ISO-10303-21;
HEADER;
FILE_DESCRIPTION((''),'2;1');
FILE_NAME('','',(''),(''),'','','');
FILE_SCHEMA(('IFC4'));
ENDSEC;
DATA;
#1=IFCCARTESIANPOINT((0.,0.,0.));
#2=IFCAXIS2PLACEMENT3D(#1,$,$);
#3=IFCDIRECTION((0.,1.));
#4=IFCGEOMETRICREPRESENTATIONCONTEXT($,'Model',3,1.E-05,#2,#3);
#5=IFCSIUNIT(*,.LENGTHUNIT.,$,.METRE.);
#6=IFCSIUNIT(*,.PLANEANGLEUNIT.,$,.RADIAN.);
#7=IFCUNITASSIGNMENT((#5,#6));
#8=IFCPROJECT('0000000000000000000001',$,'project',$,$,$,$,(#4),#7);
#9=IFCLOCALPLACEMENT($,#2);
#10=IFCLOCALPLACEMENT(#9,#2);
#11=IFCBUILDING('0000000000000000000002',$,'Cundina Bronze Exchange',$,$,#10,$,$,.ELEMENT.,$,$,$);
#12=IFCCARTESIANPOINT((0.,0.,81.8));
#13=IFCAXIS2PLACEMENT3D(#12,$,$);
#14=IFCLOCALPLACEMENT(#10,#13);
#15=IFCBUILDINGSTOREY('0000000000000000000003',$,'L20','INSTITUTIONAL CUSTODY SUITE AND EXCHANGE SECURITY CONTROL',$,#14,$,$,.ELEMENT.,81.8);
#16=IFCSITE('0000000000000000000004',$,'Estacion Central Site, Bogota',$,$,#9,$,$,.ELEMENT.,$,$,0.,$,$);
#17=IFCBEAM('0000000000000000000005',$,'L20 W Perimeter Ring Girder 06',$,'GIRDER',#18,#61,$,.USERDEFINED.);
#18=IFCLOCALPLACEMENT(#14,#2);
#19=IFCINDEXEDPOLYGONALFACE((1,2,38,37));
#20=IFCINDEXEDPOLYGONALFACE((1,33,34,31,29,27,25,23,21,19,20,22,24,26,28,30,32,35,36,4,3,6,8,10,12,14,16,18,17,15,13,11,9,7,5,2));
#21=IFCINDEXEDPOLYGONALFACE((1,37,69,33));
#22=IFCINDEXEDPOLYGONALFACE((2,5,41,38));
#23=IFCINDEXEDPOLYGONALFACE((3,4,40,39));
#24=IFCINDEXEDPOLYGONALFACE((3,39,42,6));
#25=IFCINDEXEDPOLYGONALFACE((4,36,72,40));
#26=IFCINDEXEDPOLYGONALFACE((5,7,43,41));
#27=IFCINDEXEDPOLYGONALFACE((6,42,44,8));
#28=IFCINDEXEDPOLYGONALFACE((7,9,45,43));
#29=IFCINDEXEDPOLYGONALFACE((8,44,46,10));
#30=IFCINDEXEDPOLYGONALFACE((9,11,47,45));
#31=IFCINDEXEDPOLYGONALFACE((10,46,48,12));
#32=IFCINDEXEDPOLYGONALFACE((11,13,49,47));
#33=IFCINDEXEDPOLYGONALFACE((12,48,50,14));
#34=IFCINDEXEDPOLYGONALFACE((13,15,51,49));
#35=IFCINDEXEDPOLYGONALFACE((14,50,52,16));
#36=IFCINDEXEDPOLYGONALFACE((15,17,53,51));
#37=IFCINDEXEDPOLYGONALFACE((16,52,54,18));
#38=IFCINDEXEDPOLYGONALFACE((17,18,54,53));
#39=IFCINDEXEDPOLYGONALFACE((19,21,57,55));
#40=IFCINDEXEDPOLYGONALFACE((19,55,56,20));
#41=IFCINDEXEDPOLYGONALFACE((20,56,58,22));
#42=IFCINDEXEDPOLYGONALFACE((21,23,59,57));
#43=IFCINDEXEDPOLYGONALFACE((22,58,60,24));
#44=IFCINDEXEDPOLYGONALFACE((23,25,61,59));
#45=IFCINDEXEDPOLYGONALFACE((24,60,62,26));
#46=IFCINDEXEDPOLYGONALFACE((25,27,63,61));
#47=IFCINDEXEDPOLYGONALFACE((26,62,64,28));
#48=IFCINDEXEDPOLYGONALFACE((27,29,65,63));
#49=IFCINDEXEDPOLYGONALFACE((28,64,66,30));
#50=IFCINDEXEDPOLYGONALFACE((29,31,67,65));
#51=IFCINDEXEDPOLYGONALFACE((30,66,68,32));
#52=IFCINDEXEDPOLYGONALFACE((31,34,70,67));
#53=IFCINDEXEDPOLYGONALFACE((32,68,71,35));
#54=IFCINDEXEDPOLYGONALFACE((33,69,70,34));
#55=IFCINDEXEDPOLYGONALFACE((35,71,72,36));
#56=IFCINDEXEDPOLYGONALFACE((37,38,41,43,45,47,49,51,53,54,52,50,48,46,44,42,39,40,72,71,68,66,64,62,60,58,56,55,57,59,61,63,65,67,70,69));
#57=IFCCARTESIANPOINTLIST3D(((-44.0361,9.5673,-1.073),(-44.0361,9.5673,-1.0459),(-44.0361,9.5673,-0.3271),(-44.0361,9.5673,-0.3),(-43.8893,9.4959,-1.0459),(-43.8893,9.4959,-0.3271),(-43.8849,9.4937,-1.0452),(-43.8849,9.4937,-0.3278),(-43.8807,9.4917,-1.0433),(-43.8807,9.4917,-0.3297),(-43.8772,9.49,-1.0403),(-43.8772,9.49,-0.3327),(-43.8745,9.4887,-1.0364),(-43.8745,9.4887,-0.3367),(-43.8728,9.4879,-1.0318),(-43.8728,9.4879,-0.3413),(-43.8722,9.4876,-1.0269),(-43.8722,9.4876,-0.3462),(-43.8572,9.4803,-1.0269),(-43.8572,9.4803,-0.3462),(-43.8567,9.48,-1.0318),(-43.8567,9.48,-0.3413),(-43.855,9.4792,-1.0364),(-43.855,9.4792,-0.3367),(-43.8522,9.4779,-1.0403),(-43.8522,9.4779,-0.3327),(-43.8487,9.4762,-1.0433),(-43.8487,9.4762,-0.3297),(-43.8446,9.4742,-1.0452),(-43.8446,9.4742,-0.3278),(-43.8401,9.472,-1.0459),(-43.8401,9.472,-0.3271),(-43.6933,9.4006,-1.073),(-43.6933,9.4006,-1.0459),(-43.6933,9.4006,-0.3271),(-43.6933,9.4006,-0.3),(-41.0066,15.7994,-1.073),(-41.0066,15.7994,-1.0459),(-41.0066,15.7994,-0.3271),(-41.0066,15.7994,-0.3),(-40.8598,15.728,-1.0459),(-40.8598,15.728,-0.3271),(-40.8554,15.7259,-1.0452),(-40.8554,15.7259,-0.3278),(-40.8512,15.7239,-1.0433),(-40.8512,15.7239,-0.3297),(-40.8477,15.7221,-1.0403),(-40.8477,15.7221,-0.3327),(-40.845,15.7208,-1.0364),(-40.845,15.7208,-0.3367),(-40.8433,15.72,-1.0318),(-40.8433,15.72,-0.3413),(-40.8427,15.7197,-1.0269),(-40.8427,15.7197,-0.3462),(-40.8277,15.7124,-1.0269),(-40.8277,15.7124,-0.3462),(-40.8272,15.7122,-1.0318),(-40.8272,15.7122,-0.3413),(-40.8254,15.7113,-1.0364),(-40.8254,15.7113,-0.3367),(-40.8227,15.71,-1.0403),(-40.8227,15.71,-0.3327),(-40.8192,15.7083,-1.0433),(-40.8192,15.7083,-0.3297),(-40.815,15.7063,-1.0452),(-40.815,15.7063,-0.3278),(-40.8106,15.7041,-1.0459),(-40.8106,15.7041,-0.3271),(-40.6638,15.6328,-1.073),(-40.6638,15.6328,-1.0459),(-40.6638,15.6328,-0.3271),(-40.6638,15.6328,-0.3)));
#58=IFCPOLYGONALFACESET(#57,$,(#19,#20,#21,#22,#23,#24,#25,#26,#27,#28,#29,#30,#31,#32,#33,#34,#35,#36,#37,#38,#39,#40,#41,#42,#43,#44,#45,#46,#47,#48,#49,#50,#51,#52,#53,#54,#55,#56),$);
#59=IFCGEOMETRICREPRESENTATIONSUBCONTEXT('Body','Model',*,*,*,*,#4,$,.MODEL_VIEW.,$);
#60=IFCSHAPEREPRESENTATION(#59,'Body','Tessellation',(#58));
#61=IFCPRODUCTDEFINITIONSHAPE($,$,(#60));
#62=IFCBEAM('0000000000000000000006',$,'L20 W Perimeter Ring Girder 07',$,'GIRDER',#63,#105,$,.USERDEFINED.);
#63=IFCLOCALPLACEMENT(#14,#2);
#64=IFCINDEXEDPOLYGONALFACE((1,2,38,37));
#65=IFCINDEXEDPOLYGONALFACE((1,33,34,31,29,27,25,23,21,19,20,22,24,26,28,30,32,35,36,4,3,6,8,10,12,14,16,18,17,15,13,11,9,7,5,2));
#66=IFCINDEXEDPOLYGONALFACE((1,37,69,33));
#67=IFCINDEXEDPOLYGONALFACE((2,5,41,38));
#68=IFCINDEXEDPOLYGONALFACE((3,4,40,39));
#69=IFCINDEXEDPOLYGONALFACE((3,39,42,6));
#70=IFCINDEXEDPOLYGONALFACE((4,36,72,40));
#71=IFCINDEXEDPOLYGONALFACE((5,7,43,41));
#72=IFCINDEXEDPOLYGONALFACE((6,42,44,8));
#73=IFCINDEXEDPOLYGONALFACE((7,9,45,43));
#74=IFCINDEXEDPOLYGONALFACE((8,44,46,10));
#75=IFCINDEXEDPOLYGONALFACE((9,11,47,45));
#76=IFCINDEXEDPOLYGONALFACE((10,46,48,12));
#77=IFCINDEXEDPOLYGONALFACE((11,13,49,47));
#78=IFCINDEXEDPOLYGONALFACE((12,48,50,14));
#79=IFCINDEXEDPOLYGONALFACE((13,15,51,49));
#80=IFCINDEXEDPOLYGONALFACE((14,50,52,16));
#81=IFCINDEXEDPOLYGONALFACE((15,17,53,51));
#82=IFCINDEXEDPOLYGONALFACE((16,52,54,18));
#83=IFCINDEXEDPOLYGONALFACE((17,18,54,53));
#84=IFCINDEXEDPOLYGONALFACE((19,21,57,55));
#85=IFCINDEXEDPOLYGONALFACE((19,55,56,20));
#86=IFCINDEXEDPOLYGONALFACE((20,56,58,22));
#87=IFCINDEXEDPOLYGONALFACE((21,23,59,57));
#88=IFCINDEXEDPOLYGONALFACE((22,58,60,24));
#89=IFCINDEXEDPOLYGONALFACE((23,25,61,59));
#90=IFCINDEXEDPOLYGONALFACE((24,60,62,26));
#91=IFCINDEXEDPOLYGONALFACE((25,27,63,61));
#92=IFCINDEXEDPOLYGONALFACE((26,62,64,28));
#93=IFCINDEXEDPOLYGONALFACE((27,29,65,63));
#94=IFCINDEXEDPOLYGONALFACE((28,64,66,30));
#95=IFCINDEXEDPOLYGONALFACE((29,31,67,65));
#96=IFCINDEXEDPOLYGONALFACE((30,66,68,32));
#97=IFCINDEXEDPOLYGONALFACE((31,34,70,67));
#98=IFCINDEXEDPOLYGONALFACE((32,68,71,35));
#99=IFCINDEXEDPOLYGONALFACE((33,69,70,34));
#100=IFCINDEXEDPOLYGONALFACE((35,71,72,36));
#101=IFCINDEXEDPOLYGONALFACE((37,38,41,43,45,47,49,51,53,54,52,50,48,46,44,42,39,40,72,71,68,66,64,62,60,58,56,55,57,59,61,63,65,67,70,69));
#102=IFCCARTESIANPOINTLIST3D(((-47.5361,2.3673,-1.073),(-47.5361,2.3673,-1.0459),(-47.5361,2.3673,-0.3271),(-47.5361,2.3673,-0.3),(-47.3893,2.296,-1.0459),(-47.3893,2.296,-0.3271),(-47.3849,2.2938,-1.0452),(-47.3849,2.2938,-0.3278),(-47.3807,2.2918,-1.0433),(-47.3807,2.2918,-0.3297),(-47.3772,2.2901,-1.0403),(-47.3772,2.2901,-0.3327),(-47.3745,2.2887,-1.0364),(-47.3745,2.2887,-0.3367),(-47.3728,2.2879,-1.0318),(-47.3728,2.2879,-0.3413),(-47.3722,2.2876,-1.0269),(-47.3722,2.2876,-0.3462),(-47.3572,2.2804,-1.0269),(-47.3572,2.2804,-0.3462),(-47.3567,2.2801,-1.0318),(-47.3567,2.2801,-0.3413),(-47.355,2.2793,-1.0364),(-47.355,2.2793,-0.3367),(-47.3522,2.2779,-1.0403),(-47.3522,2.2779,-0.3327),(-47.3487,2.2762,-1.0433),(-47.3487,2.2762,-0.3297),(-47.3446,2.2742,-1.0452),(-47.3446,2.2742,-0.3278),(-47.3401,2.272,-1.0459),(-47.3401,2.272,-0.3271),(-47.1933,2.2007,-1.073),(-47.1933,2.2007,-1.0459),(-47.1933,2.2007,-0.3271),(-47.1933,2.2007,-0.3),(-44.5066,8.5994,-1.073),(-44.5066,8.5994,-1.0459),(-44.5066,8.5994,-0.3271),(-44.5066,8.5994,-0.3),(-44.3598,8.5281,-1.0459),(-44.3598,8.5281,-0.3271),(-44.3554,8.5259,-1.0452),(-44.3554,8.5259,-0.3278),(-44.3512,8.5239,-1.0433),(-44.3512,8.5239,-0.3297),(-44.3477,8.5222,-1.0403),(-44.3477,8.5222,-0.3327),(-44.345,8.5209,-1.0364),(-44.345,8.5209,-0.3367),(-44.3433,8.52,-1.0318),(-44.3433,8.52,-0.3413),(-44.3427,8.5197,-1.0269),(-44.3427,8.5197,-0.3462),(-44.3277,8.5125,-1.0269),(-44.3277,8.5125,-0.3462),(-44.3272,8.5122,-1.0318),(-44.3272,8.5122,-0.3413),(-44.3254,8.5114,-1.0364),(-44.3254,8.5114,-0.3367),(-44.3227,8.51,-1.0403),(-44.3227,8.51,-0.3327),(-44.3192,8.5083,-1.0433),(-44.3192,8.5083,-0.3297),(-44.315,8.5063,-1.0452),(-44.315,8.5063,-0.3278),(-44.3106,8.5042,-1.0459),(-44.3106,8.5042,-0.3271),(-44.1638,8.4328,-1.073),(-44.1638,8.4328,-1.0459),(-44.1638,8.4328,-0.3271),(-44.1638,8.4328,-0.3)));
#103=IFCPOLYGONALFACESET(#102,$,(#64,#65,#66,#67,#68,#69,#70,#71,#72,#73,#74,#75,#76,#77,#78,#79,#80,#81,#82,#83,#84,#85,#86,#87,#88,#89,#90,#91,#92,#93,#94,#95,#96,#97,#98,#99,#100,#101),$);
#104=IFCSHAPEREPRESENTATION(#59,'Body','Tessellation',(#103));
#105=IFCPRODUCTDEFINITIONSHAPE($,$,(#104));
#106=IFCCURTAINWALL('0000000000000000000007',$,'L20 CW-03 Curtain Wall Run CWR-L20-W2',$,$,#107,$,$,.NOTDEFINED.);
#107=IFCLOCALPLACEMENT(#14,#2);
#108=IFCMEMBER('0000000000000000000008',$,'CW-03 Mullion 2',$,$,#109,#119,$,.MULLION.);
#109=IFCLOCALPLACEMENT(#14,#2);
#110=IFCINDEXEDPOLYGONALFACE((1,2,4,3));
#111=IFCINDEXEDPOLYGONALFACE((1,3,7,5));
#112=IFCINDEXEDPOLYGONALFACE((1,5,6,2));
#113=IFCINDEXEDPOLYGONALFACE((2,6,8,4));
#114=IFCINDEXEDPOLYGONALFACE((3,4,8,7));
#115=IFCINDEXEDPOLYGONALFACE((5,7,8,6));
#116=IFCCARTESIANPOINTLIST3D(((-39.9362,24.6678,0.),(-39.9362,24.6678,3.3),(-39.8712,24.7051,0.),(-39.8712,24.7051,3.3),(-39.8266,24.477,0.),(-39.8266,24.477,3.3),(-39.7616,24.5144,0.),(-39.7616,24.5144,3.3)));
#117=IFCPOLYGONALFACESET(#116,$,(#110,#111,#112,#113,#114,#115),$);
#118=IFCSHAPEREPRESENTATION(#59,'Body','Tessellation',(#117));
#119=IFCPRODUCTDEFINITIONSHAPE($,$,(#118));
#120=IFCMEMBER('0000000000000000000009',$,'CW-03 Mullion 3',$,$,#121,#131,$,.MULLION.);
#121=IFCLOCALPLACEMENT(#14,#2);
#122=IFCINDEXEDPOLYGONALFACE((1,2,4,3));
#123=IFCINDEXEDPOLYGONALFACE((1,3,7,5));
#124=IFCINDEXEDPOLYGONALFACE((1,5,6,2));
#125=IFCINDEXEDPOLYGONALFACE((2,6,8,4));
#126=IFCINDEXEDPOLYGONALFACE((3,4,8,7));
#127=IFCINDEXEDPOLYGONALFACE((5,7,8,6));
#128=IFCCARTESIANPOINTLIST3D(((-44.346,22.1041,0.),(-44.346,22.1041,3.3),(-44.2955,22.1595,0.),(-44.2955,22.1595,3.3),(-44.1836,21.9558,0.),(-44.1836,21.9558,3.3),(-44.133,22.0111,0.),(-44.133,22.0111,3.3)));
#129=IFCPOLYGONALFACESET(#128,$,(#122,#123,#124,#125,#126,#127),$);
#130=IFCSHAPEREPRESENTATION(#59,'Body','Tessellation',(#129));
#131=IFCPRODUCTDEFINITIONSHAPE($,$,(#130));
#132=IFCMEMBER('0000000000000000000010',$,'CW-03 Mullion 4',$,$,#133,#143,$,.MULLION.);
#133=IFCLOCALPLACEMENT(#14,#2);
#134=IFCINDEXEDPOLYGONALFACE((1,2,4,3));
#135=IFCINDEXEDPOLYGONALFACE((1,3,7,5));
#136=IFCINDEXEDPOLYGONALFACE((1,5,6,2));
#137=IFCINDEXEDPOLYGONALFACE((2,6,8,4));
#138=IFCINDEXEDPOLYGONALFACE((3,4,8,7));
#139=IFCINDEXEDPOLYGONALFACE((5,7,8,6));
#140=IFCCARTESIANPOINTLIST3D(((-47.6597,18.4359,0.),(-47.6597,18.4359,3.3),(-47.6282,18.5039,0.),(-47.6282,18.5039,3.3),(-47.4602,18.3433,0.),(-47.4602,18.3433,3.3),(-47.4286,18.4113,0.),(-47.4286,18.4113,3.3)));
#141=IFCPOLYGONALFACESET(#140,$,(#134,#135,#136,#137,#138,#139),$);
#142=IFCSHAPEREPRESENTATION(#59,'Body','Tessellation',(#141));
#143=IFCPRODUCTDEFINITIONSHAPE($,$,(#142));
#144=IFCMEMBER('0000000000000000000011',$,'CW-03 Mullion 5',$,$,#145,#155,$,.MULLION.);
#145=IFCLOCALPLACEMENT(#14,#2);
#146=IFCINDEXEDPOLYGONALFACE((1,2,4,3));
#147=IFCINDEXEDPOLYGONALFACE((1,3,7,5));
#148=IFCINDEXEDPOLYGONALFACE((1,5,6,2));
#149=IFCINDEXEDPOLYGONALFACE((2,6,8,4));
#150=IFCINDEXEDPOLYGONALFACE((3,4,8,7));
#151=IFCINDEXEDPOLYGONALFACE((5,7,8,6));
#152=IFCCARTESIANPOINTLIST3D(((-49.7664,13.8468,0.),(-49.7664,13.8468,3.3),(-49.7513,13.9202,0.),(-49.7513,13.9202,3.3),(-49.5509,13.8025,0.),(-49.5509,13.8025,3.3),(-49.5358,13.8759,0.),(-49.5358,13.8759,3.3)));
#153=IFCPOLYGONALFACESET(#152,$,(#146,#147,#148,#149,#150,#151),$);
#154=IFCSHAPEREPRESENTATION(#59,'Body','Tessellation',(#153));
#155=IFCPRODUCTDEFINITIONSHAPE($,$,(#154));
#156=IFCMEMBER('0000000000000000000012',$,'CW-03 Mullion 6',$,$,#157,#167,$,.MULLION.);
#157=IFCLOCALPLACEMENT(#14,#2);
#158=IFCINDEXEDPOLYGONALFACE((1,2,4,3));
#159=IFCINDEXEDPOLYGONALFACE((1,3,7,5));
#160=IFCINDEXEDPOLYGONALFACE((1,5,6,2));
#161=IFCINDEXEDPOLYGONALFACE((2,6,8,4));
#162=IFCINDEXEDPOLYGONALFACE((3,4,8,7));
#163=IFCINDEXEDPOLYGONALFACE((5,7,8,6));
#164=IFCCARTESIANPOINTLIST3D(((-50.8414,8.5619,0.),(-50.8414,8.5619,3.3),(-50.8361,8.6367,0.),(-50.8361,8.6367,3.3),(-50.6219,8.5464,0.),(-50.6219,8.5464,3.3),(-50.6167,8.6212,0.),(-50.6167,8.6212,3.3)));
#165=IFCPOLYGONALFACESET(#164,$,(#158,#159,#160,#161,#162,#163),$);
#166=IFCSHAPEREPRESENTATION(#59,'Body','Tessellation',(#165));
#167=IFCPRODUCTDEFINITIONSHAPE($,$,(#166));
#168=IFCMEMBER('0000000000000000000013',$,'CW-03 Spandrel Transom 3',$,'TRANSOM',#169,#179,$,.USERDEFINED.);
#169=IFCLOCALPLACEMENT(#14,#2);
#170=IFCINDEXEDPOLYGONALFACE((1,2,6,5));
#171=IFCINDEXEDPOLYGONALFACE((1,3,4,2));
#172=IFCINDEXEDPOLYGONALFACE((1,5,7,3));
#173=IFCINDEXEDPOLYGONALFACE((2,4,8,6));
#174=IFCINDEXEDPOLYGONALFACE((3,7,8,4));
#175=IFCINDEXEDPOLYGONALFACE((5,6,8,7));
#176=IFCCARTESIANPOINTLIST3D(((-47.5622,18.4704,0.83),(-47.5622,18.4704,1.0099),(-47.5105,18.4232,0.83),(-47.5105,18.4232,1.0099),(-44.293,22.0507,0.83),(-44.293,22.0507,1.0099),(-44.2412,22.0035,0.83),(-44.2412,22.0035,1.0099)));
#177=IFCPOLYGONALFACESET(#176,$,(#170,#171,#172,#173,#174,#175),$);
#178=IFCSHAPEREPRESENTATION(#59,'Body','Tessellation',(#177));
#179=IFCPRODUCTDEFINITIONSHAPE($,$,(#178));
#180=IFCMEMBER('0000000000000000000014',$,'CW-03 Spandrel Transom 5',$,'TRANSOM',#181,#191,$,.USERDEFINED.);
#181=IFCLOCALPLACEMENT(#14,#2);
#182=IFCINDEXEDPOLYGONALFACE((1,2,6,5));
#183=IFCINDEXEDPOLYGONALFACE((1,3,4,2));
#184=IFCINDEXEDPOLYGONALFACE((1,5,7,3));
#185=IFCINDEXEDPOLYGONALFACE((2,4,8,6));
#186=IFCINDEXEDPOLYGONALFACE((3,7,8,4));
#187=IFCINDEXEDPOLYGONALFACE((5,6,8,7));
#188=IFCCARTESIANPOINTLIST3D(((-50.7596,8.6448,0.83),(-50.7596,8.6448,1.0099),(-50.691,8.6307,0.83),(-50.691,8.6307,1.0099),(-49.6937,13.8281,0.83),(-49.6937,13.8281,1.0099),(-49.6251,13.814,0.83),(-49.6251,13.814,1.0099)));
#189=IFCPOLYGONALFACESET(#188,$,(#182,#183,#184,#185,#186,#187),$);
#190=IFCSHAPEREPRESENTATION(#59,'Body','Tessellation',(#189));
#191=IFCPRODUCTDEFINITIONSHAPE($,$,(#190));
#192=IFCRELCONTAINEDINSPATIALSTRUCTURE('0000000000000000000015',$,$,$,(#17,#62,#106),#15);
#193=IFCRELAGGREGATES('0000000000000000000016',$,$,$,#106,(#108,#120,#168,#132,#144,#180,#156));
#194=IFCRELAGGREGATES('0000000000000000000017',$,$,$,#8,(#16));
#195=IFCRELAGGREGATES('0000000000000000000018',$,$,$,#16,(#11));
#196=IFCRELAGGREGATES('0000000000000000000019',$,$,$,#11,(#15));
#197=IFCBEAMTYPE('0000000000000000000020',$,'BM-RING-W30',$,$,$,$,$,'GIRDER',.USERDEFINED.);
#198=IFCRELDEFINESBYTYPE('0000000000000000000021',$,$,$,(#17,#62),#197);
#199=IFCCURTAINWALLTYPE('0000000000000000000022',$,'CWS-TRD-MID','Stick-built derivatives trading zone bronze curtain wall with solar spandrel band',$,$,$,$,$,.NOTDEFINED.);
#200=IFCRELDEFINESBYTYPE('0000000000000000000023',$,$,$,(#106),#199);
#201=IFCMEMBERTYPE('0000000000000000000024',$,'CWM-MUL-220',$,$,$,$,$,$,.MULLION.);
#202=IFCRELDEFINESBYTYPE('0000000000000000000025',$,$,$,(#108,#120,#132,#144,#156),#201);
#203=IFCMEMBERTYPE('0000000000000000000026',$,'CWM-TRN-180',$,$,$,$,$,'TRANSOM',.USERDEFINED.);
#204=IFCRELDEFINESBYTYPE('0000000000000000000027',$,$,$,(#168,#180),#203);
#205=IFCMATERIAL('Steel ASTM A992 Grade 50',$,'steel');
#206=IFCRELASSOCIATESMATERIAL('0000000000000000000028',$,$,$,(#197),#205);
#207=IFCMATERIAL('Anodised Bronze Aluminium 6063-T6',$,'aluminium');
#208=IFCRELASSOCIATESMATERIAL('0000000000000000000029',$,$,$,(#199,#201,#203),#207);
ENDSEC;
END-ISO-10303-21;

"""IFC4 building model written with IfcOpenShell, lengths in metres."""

from ifc_helpers import new_model, si_unit, direction, frame, origin, origin_2d, place, context, subcontext, project, spatial, rectangle, i_section, extrude, material, material_profile, profile_set, type_object, element, aggregate, save


model = new_model("IFC4")

# Units and contexts
model_context = context("Model", 3, precision=1e-05, world=origin(), true_north=direction((0.0, 1.0)))
body_context = subcontext(model_context, "Body", "Model", "MODEL_VIEW")
ifc_project = project(units=[si_unit("LENGTHUNIT", "METRE"), si_unit("PLANEANGLEUNIT", "RADIAN")], contexts=[model_context])

# Site, building, storey
site_placement = place(None, origin())
site = spatial("IfcSite", under=ifc_project, at=site_placement, Name="Estacion Central Site, Bogota", CompositionType="ELEMENT", RefElevation=0.0)
building_placement = place(site_placement, origin())
building = spatial("IfcBuilding", under=site, at=building_placement, Name="Cundina Bronze Exchange", CompositionType="ELEMENT")
storey_placement = place(building_placement, frame((0.0, 0.0, 81.8)))
storey = spatial("IfcBuildingStorey", under=building, at=storey_placement, Name="L20", Description="INSTITUTIONAL CUSTODY SUITE AND EXCHANGE SECURITY CONTROL", CompositionType="ELEMENT", Elevation=81.8)

# Beams
ifc_material_1 = material(Name="Steel ASTM A992 Grade 50", Category="steel")
ifc_material_profile_1 = material_profile(ifc_material_1, i_section(OverallWidth=0.3811, OverallDepth=0.7729, WebThickness=0.0166, FlangeThickness=0.0271, FilletRadius=0.019, at=origin_2d()), Name="W30X173", Category="steel")
ifc_profile_set_1 = profile_set([ifc_material_profile_1], Name="Steel ASTM A992 Grade 50")
beam_type_1 = type_object("IfcBeamType", Name="BM-RING-W30", ElementType="GIRDER", PredefinedType="USERDEFINED", material=ifc_profile_set_1)
for number, where, z_axis, x_axis, name in (
    (1, (-40.8352, 15.7161, -0.6865), (-0.437194, -0.899367, 0.0), (0.899367, -0.437194, 0.0), "L20 W Perimeter Ring Girder 06"),
    (2, (-44.3352, 8.5161, -0.6865), (-0.437194, -0.899367, 0.0), (0.899367, -0.437194, 0.0), "L20 W Perimeter Ring Girder 07"),
):
    element("IfcBeam", number, at=place(storey_placement, frame(where, z_axis=z_axis, x_axis=x_axis)), inside=storey, type_object=beam_type_1, Name=name, ObjectType="GIRDER", PredefinedType="USERDEFINED", context=body_context, shape_type="SweptSolid", body=[
        extrude(i_section(OverallWidth=0.3811, OverallDepth=0.7729, WebThickness=0.0166, FlangeThickness=0.0271, FilletRadius=0.019, at=origin_2d()), origin(), (0.0, 0.0, 1.0), 6.9294),
    ])

# Curtain wall, members
ifc_material_2 = material(Name="Anodised Bronze Aluminium 6063-T6", Category="aluminium")
curtain_wall_type = type_object("IfcCurtainWallType", Name="CWS-TRD-MID", Description="Stick-built derivatives trading zone bronze curtain wall with solar spandrel band", PredefinedType="NOTDEFINED", material=ifc_material_2)
curtain_wall_placement = place(storey_placement, origin())
curtain_wall = element("IfcCurtainWall", 3, at=curtain_wall_placement, inside=storey, type_object=curtain_wall_type, Name="L20 CW-03 Curtain Wall Run CWR-L20-W2", PredefinedType="NOTDEFINED")
ifc_material_profile_2 = material_profile(ifc_material_2, rectangle(XDim=0.075, YDim=0.22, at=origin_2d()), Name="AL75X220", Category="aluminium")
ifc_profile_set_2 = profile_set([ifc_material_profile_2], Name="Anodised Bronze Aluminium 6063-T6")
member_type_1 = type_object("IfcMemberType", Name="CWM-MUL-220", PredefinedType="MULLION", material=ifc_profile_set_2)
member_1_placement = place(storey_placement, frame((-39.8489, 24.5911, 0.0), z_axis=(0.0, 0.0, 1.0), x_axis=(-0.867071, -0.498185, 0.0)))
member_1 = element("IfcMember", 4, at=member_1_placement, type_object=member_type_1, Name="CW-03 Mullion 2", PredefinedType="MULLION", context=body_context, shape_type="SweptSolid", body=[
    extrude(rectangle(XDim=0.075, YDim=0.22, at=origin_2d()), origin(), (0.0, 0.0, 1.0), 3.3),
])
member_2_placement = place(storey_placement, frame((-44.2395, 22.0576, 0.0), z_axis=(0.0, 0.0, 1.0), x_axis=(-0.674302, -0.738455, 0.0)))
member_2 = element("IfcMember", 5, at=member_2_placement, type_object=member_type_1, Name="CW-03 Mullion 3", PredefinedType="MULLION", context=body_context, shape_type="SweptSolid", body=[
    extrude(rectangle(XDim=0.075, YDim=0.22, at=origin_2d()), origin(), (0.0, 0.0, 1.0), 3.3),
])
member_3_placement = place(storey_placement, frame((-47.5442, 18.4236, 0.0), z_axis=(0.0, 0.0, 1.0), x_axis=(-0.420877, -0.907117, 0.0)))
member_3 = element("IfcMember", 6, at=member_3_placement, type_object=member_type_1, Name="CW-03 Mullion 4", PredefinedType="MULLION", context=body_context, shape_type="SweptSolid", body=[
    extrude(rectangle(XDim=0.075, YDim=0.22, at=origin_2d()), origin(), (0.0, 0.0, 1.0), 3.3),
])
member_4_placement = place(storey_placement, frame((-49.6511, 13.8613, 0.0), z_axis=(0.0, 0.0, 1.0), x_axis=(-0.20142, -0.979505, 0.0)))
member_4 = element("IfcMember", 7, at=member_4_placement, type_object=member_type_1, Name="CW-03 Mullion 5", PredefinedType="MULLION", context=body_context, shape_type="SweptSolid", body=[
    extrude(rectangle(XDim=0.075, YDim=0.22, at=origin_2d()), origin(), (0.0, 0.0, 1.0), 3.3),
])
member_5_placement = place(storey_placement, frame((-50.729, 8.5916, 0.0), z_axis=(0.0, 0.0, 1.0), x_axis=(-0.070279, -0.997527, 0.0)))
member_5 = element("IfcMember", 8, at=member_5_placement, type_object=member_type_1, Name="CW-03 Mullion 6", PredefinedType="MULLION", context=body_context, shape_type="SweptSolid", body=[
    extrude(rectangle(XDim=0.075, YDim=0.22, at=origin_2d()), origin(), (0.0, 0.0, 1.0), 3.3),
])
ifc_material_profile_3 = material_profile(ifc_material_2, rectangle(XDim=0.0701, YDim=0.1799, at=origin_2d()), Name="AL70X180", Category="aluminium")
ifc_profile_set_3 = profile_set([ifc_material_profile_3], Name="Anodised Bronze Aluminium 6063-T6")
member_type_2 = type_object("IfcMemberType", Name="CWM-TRN-180", ElementType="TRANSOM", PredefinedType="USERDEFINED", material=ifc_profile_set_3)
member_6_placement = place(storey_placement, frame((-44.2671, 22.0271, 0.9199), z_axis=(-0.674303, -0.738455, 0.0), x_axis=(0.738455, -0.674303, 0.0)))
member_6 = element("IfcMember", 9, at=member_6_placement, type_object=member_type_2, Name="CW-03 Spandrel Transom 3", ObjectType="TRANSOM", PredefinedType="USERDEFINED", context=body_context, shape_type="SweptSolid", body=[
    extrude(rectangle(XDim=0.0701, YDim=0.1799, at=origin_2d()), origin(), (0.0, 0.0, 1.0), 4.8484),
])
member_7_placement = place(storey_placement, frame((-49.6594, 13.821, 0.9199), z_axis=(-0.201428, -0.979503, 0.0), x_axis=(0.979503, -0.201428, 0.0)))
member_7 = element("IfcMember", 10, at=member_7_placement, type_object=member_type_2, Name="CW-03 Spandrel Transom 5", ObjectType="TRANSOM", PredefinedType="USERDEFINED", context=body_context, shape_type="SweptSolid", body=[
    extrude(rectangle(XDim=0.0701, YDim=0.1799, at=origin_2d()), origin(), (0.0, 0.0, 1.0), 5.2917),
])
aggregate(curtain_wall, [member_1, member_2, member_6, member_3, member_4, member_7, member_5])

save(model, "model.ifc")
